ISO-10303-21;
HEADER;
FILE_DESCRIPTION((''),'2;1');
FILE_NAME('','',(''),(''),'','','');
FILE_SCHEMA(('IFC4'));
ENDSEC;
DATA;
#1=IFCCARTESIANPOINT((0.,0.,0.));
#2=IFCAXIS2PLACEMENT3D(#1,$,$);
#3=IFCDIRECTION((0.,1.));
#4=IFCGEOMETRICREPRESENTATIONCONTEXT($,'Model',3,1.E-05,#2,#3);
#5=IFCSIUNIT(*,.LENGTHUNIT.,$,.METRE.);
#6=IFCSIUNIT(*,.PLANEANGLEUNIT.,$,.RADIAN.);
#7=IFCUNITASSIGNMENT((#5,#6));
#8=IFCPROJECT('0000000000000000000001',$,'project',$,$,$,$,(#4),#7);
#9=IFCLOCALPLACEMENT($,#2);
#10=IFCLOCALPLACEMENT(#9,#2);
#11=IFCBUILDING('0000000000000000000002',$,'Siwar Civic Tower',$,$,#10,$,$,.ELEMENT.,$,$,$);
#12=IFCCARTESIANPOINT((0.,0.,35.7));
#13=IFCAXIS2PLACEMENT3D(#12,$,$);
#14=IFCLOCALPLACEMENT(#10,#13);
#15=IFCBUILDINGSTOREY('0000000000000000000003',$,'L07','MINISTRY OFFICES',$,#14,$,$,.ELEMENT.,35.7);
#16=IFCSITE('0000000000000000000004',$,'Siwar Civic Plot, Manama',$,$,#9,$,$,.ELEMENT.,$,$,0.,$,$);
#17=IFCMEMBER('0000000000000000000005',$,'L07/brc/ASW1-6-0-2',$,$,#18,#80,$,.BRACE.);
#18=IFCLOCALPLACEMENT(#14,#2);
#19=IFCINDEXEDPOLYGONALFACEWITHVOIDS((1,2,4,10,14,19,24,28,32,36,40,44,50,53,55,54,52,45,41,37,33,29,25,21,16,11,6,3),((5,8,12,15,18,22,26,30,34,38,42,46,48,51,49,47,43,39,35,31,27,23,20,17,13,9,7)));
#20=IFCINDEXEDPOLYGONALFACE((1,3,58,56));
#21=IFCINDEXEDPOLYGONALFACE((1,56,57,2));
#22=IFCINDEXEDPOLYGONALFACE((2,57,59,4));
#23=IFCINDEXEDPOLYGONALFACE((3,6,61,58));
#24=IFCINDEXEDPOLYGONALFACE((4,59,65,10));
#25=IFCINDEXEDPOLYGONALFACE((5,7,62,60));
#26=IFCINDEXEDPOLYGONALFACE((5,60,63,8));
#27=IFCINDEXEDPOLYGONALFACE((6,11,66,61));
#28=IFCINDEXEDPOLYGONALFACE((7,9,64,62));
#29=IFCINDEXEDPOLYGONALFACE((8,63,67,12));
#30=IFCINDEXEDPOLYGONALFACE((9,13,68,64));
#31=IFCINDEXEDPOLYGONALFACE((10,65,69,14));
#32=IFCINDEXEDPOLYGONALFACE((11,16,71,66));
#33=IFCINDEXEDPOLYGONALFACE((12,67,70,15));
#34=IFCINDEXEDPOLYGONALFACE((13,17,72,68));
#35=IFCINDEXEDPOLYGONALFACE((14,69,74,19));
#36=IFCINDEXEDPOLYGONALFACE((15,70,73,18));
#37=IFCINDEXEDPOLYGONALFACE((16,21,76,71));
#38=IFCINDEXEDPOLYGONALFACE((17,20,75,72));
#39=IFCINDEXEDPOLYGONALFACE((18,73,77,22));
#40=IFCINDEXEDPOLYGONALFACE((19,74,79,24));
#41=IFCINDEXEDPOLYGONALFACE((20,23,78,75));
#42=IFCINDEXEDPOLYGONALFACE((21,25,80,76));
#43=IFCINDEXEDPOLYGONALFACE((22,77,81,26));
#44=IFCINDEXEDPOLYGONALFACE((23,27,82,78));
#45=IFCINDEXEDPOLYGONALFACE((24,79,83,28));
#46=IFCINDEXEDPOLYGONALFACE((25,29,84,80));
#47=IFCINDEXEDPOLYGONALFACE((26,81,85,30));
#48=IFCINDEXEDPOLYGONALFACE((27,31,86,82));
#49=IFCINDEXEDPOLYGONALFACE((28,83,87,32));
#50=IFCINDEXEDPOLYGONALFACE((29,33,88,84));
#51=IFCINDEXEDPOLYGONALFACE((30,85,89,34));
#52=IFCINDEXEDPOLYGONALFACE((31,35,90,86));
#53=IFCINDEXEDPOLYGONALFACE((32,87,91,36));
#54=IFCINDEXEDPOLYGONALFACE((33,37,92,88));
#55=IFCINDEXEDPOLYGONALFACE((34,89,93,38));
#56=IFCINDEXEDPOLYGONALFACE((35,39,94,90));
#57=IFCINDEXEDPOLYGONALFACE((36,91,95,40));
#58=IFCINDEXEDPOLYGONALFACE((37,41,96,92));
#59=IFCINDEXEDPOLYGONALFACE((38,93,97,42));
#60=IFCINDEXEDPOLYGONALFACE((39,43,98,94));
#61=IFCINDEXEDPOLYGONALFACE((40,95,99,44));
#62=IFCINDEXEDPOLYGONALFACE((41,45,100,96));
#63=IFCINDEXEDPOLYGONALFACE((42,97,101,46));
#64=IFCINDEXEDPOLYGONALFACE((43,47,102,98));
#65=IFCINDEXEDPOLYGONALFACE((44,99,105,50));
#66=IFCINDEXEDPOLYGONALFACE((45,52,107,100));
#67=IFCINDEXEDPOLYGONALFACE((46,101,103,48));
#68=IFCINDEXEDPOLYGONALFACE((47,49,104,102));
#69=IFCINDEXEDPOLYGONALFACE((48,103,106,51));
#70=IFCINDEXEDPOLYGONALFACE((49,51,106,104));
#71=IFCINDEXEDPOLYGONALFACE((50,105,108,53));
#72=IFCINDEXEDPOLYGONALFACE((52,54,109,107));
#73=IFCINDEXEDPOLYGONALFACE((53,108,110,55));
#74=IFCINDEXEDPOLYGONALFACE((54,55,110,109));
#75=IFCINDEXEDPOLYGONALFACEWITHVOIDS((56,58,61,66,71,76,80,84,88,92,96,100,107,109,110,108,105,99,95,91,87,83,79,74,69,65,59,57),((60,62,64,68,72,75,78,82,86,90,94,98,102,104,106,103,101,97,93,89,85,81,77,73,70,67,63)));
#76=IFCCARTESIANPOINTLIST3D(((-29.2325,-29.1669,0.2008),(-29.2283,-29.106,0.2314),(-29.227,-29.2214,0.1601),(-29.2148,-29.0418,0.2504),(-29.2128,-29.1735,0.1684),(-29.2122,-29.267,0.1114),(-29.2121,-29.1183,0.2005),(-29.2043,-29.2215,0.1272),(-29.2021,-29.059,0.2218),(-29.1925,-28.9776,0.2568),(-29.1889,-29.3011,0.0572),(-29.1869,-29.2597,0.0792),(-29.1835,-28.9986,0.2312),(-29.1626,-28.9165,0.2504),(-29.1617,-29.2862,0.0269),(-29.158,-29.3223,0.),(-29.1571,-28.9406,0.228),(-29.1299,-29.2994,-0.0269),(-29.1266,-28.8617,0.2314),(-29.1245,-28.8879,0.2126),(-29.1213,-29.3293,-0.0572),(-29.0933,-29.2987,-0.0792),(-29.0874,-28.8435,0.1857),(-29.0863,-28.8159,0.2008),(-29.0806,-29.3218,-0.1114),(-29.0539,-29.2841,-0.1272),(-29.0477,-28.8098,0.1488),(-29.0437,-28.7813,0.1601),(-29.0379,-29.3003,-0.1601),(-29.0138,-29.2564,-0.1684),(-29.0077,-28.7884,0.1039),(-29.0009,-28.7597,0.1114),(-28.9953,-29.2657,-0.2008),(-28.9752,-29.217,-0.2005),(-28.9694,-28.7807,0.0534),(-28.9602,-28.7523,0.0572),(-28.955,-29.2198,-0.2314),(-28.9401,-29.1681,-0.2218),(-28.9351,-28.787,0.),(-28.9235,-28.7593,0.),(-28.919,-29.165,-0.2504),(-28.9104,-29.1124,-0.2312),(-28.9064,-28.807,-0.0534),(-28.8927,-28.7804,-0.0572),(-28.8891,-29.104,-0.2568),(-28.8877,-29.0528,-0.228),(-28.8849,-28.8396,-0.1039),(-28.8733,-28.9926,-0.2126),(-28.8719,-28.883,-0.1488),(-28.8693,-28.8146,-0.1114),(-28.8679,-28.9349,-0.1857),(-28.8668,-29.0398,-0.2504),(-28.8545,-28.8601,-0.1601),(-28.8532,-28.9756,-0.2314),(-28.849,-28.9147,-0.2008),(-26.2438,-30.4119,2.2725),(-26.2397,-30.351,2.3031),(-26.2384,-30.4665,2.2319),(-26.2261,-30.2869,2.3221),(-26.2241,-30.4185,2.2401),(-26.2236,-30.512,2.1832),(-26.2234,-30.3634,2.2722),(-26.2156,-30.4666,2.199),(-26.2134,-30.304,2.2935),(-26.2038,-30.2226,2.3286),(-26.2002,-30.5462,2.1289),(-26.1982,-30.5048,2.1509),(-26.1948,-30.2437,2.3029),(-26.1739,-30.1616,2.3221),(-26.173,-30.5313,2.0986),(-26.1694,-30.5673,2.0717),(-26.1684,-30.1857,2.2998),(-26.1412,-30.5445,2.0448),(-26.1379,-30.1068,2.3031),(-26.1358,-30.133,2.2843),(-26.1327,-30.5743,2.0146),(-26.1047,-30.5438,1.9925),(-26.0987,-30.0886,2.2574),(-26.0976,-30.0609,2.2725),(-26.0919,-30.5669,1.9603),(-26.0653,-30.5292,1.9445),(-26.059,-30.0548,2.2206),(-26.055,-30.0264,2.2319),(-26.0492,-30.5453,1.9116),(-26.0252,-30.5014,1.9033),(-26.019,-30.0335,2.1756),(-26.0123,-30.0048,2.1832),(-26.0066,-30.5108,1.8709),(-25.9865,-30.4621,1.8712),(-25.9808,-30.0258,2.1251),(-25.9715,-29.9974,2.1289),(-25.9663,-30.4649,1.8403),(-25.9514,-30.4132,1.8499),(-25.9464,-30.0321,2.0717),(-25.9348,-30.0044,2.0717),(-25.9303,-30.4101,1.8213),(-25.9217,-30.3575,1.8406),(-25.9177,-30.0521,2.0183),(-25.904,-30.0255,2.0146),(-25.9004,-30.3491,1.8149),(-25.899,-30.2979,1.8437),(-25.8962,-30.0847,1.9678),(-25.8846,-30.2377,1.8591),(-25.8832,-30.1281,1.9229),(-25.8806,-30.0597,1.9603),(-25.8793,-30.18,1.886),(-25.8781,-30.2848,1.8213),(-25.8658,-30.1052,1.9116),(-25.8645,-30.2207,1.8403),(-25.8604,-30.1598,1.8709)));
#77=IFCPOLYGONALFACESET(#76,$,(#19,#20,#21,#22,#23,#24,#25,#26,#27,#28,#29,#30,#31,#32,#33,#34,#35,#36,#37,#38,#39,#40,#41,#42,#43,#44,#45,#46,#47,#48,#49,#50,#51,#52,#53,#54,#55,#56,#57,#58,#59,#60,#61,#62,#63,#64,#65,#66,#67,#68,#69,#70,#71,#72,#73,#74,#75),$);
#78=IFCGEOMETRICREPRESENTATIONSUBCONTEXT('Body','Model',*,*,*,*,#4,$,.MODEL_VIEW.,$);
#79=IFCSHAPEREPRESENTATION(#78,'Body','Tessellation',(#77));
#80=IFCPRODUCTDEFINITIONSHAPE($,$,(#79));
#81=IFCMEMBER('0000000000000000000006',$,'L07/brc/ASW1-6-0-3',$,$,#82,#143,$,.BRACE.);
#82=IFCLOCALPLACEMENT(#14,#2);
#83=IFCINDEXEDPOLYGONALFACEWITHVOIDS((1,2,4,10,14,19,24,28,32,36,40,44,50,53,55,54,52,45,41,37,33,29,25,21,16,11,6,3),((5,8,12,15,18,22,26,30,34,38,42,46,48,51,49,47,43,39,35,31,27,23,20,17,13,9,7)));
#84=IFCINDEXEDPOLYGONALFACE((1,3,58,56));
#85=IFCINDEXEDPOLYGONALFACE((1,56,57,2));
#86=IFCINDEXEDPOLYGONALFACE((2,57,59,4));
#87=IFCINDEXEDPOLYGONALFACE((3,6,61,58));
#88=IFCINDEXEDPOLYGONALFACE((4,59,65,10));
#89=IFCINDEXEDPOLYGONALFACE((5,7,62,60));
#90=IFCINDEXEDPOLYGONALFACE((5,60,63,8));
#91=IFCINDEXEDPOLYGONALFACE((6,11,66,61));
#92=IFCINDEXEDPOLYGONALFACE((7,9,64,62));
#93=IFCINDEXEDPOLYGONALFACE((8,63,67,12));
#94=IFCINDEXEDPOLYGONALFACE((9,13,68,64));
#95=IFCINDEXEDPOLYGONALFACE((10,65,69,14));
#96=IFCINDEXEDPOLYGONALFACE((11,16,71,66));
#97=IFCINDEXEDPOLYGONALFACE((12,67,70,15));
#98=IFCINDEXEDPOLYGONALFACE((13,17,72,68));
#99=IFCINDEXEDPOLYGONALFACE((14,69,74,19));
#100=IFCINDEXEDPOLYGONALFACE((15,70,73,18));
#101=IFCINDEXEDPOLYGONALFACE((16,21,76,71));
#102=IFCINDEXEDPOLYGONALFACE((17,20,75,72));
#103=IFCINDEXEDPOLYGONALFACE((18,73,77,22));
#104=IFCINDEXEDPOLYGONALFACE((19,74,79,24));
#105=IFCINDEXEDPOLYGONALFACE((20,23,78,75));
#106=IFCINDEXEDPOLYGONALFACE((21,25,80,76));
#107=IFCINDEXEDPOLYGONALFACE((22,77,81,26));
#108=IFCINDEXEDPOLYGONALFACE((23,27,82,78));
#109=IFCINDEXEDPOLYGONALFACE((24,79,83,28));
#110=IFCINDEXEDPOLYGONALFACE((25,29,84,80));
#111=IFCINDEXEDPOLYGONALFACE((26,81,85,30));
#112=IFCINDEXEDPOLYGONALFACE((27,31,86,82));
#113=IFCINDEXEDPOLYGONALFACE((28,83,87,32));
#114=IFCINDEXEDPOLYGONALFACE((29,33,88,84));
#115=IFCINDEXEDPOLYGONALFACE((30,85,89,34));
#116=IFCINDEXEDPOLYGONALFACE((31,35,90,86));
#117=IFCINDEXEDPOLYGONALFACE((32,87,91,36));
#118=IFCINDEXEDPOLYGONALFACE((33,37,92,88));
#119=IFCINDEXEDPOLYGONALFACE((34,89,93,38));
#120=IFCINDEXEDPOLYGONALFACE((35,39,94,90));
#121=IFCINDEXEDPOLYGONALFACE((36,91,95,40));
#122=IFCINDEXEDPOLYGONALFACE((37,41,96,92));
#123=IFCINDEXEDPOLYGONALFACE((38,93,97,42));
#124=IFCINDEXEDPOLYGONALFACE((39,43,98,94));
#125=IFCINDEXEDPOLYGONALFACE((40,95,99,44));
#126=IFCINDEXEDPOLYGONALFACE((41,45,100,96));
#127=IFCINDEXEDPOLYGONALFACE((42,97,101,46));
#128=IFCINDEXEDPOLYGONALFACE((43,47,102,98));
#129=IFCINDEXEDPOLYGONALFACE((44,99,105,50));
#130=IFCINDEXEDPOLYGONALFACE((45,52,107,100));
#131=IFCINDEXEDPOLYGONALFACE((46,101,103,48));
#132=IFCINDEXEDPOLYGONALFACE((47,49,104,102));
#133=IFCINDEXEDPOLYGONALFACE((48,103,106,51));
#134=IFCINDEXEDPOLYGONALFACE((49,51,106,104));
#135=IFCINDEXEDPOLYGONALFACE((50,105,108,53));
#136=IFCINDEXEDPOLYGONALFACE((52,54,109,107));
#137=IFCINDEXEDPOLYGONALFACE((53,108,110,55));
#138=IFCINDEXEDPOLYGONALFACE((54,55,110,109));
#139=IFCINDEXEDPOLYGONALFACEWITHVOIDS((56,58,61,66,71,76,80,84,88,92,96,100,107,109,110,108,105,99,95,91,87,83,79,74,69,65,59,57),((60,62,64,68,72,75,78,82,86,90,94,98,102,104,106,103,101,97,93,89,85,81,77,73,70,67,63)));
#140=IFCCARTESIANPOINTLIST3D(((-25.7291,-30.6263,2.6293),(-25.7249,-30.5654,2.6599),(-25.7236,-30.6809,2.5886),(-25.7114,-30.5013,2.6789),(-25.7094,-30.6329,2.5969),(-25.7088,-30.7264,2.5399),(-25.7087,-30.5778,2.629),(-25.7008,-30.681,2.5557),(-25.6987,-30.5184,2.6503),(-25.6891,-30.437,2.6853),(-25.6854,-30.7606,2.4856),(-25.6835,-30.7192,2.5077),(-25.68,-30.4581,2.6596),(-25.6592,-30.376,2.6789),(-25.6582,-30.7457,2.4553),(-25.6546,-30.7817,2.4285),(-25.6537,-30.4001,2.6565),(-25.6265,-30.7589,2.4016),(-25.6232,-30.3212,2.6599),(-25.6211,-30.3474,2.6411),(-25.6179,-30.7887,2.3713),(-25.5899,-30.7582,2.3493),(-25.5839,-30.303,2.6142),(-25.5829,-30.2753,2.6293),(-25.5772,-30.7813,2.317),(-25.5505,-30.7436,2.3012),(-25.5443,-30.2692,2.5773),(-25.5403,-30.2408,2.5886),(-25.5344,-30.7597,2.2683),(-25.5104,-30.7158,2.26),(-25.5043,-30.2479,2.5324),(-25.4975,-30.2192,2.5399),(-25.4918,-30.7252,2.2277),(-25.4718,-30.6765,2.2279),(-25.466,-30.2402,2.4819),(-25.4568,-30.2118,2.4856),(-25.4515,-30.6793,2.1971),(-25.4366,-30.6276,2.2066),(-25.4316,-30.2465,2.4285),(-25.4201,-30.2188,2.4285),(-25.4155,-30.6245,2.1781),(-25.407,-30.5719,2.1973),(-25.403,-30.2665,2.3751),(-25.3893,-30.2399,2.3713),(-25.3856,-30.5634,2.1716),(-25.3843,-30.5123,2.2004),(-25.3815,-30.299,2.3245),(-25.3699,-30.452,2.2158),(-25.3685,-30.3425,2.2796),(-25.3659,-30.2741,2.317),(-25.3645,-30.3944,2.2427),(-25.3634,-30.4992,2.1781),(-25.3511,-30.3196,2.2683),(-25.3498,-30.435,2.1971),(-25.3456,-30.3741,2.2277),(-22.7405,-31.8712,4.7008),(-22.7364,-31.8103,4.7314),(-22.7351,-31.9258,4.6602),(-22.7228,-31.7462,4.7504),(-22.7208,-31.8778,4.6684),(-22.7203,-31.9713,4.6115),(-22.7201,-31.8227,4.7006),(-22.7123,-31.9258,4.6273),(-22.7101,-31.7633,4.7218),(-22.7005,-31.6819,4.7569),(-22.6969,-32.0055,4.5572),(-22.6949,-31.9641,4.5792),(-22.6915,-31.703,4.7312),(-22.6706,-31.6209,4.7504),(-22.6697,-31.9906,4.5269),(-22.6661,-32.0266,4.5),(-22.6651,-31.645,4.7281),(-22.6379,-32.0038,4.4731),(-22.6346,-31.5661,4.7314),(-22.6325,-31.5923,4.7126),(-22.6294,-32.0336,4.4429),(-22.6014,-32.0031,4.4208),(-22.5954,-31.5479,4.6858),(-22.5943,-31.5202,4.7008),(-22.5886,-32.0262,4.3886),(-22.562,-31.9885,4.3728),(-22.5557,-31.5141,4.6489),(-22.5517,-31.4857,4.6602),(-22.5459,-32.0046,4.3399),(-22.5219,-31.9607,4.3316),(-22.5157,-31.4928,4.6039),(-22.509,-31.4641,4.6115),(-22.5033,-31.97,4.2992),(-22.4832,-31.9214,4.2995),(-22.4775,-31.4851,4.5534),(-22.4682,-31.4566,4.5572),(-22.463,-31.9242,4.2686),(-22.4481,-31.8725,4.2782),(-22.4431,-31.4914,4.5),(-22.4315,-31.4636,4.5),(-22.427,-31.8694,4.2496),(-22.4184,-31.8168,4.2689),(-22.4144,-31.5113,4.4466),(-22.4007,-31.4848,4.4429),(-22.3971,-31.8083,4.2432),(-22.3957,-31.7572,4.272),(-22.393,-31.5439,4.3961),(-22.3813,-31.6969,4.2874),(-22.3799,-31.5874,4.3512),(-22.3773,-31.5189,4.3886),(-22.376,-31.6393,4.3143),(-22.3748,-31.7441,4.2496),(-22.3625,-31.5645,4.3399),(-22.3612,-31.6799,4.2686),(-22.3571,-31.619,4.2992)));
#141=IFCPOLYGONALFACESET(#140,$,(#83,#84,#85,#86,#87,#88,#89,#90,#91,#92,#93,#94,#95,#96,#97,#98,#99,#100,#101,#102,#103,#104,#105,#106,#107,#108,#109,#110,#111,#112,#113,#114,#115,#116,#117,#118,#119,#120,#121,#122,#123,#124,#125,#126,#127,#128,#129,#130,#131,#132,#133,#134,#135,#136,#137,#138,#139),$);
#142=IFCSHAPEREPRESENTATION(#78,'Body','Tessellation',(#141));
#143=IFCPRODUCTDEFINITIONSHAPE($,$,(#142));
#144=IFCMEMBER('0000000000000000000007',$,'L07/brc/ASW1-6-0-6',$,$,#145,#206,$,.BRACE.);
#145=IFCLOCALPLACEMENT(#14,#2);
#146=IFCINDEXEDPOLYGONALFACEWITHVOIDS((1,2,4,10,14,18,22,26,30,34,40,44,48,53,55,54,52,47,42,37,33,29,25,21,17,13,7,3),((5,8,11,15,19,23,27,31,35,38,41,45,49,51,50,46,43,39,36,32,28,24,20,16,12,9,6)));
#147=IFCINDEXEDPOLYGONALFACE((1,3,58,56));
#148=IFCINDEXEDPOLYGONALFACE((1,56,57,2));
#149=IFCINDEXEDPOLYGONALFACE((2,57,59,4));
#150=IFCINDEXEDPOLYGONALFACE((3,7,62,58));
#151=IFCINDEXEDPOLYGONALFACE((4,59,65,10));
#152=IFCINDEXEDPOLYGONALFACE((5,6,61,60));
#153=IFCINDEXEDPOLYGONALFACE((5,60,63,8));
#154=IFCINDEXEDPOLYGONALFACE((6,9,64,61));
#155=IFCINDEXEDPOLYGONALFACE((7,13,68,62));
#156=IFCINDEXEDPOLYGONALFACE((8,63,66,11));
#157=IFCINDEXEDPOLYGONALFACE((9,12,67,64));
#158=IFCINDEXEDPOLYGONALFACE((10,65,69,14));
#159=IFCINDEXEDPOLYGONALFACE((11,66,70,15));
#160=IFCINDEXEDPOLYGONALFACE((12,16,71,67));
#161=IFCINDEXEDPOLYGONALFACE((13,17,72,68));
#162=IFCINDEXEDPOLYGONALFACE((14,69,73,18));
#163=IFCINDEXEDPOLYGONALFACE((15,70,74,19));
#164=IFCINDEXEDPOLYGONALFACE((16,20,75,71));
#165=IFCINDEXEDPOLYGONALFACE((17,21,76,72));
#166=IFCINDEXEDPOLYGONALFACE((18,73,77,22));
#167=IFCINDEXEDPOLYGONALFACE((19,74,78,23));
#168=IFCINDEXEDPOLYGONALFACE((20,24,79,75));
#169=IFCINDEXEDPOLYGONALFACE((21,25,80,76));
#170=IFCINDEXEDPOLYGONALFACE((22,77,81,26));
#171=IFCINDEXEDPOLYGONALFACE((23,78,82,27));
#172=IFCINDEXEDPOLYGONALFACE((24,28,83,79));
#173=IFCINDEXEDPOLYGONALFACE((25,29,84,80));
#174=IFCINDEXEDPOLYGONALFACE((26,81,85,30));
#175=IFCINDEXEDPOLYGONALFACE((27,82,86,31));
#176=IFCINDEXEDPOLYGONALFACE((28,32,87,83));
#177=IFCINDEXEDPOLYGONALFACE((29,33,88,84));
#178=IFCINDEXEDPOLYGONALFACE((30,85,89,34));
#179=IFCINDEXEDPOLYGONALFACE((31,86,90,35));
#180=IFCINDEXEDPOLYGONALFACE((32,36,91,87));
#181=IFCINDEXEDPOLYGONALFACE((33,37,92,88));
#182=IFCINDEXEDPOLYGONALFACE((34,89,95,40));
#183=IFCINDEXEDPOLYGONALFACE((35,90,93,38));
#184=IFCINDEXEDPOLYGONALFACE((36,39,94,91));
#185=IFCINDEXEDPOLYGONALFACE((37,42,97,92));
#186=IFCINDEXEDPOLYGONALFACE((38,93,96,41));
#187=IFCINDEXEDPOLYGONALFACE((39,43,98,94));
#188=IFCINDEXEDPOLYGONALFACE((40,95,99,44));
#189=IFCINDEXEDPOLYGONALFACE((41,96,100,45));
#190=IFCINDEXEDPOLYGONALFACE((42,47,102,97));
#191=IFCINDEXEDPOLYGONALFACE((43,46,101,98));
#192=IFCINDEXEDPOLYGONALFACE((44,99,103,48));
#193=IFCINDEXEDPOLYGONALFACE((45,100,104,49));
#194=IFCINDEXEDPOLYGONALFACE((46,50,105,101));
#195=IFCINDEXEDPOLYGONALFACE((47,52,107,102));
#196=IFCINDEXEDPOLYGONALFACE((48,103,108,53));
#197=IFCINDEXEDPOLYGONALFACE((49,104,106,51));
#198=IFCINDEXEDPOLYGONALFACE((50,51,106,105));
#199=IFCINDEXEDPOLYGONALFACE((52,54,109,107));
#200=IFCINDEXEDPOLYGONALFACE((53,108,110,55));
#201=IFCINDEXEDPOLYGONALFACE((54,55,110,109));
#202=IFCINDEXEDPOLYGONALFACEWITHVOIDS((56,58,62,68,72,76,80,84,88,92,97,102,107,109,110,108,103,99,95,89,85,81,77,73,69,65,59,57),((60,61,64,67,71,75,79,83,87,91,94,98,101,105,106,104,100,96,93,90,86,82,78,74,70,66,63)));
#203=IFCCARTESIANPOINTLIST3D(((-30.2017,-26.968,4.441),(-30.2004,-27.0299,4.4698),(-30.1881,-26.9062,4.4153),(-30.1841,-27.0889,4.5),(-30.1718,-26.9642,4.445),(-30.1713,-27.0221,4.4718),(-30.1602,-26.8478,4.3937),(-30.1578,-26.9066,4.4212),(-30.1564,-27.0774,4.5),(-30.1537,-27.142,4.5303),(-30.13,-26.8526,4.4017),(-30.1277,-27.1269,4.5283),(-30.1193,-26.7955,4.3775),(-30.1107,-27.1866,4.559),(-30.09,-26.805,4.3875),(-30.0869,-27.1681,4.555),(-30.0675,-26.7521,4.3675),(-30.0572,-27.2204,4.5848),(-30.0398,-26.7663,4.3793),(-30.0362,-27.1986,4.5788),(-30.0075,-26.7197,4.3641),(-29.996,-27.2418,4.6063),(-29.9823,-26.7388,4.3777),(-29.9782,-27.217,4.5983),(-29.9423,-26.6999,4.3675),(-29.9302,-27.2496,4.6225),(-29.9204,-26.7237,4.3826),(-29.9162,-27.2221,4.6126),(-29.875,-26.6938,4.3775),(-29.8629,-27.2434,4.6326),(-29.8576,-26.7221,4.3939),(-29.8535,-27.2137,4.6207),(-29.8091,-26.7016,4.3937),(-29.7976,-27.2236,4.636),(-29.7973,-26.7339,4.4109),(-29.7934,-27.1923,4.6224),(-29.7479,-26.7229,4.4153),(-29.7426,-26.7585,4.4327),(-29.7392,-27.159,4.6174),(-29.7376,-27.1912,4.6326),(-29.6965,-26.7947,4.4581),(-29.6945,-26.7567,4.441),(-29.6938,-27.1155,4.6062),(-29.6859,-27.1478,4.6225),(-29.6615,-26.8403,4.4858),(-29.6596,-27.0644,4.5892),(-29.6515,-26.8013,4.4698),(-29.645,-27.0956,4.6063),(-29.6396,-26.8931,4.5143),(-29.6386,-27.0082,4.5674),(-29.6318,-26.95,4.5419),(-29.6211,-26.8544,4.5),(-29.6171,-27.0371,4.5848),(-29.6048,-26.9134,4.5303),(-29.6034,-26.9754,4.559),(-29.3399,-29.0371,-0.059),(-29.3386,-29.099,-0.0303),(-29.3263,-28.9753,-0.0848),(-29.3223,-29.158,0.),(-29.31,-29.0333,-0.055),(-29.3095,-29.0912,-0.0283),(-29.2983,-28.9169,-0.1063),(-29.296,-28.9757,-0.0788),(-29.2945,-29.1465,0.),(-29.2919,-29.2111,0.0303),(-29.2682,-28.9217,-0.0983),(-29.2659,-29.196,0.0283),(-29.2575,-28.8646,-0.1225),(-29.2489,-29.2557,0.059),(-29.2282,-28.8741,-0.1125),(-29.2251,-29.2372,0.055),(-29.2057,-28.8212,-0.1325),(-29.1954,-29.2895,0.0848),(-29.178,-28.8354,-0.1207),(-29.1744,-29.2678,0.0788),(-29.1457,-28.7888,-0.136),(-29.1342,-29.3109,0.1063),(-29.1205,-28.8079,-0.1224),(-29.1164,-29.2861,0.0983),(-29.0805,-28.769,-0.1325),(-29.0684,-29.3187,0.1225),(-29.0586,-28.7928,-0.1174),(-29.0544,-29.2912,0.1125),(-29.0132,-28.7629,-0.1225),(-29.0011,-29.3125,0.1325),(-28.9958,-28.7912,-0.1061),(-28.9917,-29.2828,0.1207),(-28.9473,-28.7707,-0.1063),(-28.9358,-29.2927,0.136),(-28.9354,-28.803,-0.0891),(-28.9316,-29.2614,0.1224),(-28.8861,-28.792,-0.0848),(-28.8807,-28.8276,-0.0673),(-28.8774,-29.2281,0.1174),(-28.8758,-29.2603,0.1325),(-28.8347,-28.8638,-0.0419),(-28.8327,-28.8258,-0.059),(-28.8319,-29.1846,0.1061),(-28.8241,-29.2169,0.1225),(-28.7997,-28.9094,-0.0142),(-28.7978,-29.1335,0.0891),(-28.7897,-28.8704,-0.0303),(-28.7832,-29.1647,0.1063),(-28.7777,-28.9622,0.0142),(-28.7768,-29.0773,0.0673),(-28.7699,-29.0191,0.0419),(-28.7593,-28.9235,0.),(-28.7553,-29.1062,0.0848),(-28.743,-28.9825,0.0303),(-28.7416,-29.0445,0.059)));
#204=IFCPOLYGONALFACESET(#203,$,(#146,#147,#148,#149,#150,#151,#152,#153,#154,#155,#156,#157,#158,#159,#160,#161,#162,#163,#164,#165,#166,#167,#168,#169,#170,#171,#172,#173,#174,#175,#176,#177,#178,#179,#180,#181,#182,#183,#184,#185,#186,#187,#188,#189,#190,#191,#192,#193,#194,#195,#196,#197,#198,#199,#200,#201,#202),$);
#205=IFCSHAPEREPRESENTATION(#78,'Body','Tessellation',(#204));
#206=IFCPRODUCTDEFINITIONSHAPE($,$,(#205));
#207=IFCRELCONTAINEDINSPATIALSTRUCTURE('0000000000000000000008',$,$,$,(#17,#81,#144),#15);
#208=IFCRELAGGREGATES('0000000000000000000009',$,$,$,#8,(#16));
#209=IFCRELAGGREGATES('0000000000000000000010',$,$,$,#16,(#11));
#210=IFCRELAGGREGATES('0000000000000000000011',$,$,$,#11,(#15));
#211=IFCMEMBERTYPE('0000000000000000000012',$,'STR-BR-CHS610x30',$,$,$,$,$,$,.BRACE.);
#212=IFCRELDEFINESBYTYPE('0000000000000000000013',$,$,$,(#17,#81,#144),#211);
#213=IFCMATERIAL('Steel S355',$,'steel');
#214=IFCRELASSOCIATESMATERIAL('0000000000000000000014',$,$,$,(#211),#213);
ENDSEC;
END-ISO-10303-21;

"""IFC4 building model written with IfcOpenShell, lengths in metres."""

from ifc_helpers import new_model, si_unit, direction, frame, origin, origin_2d, place, context, subcontext, project, spatial, hollow_circle, extrude, material, material_profile, profile_set, type_object, element, save


model = new_model("IFC4")

# Units and contexts
model_context = context("Model", 3, precision=1e-05, world=origin(), true_north=direction((0.0, 1.0)))
body_context = subcontext(model_context, "Body", "Model", "MODEL_VIEW")
ifc_project = project(units=[si_unit("LENGTHUNIT", "METRE"), si_unit("PLANEANGLEUNIT", "RADIAN")], contexts=[model_context])

# Site, building, storey
site_placement = place(None, origin())
site = spatial("IfcSite", under=ifc_project, at=site_placement, Name="Siwar Civic Plot, Manama", CompositionType="ELEMENT", RefElevation=0.0)
building_placement = place(site_placement, origin())
building = spatial("IfcBuilding", under=site, at=building_placement, Name="Siwar Civic Tower", CompositionType="ELEMENT")
storey_placement = place(building_placement, frame((0.0, 0.0, 35.7)))
storey = spatial("IfcBuildingStorey", under=building, at=storey_placement, Name="L07", Description="MINISTRY OFFICES", CompositionType="ELEMENT", Elevation=35.7)

# Members
ifc_material_1 = material(Name="Steel S355", Category="steel")
ifc_material_profile_1 = material_profile(ifc_material_1, hollow_circle(Radius=0.3049, WallThickness=0.03, at=origin_2d()), Name="CHS610x30")
ifc_profile_set_1 = profile_set([ifc_material_profile_1], Name="Steel S355")
member_type_1 = type_object("IfcMemberType", Name="STR-BR-CHS610x30", PredefinedType="BRACE", material=ifc_profile_set_1)
member_1_placement = place(storey_placement, frame((-29.0408, -29.0408, 0.0), z_axis=(0.777542, -0.323923, 0.538982), x_axis=(0.384562, 0.923099, 0.0)))
element("IfcMember", 1, at=member_1_placement, inside=storey, type_object=member_type_1, Name="L07/brc/ASW1-6-0-2", PredefinedType="BRACE", context=body_context, shape_type="SweptSolid", body=[
    extrude(hollow_circle(Radius=0.3049, WallThickness=0.03, at=origin_2d()), origin(), (0.0, 0.0, 1.0), 3.8438),
])
member_2_placement = place(storey_placement, frame((-25.5374, -30.5002, 2.4285), z_axis=(0.77756, -0.323893, 0.538975), x_axis=(0.384524, 0.923115, 0.0)))
element("IfcMember", 2, at=member_2_placement, inside=storey, type_object=member_type_1, Name="L07/brc/ASW1-6-0-3", PredefinedType="BRACE", context=body_context, shape_type="SweptSolid", body=[
    extrude(hollow_circle(Radius=0.3049, WallThickness=0.03, at=origin_2d()), origin(), (0.0, 0.0, 1.0), 3.8435),
])
member_3_placement = place(storey_placement, frame((-29.0408, -29.0408, 0.0), z_axis=(-0.171427, 0.41157, 0.895111), x_axis=(-0.923125, -0.384499, 0.0)))
element("IfcMember", 3, at=member_3_placement, inside=storey, type_object=member_type_1, Name="L07/brc/ASW1-6-0-6", PredefinedType="BRACE", context=body_context, shape_type="SweptSolid", body=[
    extrude(hollow_circle(Radius=0.3049, WallThickness=0.03, at=origin_2d()), origin(), (0.0, 0.0, 1.0), 5.0273),
])

save(model, "model.ifc")
